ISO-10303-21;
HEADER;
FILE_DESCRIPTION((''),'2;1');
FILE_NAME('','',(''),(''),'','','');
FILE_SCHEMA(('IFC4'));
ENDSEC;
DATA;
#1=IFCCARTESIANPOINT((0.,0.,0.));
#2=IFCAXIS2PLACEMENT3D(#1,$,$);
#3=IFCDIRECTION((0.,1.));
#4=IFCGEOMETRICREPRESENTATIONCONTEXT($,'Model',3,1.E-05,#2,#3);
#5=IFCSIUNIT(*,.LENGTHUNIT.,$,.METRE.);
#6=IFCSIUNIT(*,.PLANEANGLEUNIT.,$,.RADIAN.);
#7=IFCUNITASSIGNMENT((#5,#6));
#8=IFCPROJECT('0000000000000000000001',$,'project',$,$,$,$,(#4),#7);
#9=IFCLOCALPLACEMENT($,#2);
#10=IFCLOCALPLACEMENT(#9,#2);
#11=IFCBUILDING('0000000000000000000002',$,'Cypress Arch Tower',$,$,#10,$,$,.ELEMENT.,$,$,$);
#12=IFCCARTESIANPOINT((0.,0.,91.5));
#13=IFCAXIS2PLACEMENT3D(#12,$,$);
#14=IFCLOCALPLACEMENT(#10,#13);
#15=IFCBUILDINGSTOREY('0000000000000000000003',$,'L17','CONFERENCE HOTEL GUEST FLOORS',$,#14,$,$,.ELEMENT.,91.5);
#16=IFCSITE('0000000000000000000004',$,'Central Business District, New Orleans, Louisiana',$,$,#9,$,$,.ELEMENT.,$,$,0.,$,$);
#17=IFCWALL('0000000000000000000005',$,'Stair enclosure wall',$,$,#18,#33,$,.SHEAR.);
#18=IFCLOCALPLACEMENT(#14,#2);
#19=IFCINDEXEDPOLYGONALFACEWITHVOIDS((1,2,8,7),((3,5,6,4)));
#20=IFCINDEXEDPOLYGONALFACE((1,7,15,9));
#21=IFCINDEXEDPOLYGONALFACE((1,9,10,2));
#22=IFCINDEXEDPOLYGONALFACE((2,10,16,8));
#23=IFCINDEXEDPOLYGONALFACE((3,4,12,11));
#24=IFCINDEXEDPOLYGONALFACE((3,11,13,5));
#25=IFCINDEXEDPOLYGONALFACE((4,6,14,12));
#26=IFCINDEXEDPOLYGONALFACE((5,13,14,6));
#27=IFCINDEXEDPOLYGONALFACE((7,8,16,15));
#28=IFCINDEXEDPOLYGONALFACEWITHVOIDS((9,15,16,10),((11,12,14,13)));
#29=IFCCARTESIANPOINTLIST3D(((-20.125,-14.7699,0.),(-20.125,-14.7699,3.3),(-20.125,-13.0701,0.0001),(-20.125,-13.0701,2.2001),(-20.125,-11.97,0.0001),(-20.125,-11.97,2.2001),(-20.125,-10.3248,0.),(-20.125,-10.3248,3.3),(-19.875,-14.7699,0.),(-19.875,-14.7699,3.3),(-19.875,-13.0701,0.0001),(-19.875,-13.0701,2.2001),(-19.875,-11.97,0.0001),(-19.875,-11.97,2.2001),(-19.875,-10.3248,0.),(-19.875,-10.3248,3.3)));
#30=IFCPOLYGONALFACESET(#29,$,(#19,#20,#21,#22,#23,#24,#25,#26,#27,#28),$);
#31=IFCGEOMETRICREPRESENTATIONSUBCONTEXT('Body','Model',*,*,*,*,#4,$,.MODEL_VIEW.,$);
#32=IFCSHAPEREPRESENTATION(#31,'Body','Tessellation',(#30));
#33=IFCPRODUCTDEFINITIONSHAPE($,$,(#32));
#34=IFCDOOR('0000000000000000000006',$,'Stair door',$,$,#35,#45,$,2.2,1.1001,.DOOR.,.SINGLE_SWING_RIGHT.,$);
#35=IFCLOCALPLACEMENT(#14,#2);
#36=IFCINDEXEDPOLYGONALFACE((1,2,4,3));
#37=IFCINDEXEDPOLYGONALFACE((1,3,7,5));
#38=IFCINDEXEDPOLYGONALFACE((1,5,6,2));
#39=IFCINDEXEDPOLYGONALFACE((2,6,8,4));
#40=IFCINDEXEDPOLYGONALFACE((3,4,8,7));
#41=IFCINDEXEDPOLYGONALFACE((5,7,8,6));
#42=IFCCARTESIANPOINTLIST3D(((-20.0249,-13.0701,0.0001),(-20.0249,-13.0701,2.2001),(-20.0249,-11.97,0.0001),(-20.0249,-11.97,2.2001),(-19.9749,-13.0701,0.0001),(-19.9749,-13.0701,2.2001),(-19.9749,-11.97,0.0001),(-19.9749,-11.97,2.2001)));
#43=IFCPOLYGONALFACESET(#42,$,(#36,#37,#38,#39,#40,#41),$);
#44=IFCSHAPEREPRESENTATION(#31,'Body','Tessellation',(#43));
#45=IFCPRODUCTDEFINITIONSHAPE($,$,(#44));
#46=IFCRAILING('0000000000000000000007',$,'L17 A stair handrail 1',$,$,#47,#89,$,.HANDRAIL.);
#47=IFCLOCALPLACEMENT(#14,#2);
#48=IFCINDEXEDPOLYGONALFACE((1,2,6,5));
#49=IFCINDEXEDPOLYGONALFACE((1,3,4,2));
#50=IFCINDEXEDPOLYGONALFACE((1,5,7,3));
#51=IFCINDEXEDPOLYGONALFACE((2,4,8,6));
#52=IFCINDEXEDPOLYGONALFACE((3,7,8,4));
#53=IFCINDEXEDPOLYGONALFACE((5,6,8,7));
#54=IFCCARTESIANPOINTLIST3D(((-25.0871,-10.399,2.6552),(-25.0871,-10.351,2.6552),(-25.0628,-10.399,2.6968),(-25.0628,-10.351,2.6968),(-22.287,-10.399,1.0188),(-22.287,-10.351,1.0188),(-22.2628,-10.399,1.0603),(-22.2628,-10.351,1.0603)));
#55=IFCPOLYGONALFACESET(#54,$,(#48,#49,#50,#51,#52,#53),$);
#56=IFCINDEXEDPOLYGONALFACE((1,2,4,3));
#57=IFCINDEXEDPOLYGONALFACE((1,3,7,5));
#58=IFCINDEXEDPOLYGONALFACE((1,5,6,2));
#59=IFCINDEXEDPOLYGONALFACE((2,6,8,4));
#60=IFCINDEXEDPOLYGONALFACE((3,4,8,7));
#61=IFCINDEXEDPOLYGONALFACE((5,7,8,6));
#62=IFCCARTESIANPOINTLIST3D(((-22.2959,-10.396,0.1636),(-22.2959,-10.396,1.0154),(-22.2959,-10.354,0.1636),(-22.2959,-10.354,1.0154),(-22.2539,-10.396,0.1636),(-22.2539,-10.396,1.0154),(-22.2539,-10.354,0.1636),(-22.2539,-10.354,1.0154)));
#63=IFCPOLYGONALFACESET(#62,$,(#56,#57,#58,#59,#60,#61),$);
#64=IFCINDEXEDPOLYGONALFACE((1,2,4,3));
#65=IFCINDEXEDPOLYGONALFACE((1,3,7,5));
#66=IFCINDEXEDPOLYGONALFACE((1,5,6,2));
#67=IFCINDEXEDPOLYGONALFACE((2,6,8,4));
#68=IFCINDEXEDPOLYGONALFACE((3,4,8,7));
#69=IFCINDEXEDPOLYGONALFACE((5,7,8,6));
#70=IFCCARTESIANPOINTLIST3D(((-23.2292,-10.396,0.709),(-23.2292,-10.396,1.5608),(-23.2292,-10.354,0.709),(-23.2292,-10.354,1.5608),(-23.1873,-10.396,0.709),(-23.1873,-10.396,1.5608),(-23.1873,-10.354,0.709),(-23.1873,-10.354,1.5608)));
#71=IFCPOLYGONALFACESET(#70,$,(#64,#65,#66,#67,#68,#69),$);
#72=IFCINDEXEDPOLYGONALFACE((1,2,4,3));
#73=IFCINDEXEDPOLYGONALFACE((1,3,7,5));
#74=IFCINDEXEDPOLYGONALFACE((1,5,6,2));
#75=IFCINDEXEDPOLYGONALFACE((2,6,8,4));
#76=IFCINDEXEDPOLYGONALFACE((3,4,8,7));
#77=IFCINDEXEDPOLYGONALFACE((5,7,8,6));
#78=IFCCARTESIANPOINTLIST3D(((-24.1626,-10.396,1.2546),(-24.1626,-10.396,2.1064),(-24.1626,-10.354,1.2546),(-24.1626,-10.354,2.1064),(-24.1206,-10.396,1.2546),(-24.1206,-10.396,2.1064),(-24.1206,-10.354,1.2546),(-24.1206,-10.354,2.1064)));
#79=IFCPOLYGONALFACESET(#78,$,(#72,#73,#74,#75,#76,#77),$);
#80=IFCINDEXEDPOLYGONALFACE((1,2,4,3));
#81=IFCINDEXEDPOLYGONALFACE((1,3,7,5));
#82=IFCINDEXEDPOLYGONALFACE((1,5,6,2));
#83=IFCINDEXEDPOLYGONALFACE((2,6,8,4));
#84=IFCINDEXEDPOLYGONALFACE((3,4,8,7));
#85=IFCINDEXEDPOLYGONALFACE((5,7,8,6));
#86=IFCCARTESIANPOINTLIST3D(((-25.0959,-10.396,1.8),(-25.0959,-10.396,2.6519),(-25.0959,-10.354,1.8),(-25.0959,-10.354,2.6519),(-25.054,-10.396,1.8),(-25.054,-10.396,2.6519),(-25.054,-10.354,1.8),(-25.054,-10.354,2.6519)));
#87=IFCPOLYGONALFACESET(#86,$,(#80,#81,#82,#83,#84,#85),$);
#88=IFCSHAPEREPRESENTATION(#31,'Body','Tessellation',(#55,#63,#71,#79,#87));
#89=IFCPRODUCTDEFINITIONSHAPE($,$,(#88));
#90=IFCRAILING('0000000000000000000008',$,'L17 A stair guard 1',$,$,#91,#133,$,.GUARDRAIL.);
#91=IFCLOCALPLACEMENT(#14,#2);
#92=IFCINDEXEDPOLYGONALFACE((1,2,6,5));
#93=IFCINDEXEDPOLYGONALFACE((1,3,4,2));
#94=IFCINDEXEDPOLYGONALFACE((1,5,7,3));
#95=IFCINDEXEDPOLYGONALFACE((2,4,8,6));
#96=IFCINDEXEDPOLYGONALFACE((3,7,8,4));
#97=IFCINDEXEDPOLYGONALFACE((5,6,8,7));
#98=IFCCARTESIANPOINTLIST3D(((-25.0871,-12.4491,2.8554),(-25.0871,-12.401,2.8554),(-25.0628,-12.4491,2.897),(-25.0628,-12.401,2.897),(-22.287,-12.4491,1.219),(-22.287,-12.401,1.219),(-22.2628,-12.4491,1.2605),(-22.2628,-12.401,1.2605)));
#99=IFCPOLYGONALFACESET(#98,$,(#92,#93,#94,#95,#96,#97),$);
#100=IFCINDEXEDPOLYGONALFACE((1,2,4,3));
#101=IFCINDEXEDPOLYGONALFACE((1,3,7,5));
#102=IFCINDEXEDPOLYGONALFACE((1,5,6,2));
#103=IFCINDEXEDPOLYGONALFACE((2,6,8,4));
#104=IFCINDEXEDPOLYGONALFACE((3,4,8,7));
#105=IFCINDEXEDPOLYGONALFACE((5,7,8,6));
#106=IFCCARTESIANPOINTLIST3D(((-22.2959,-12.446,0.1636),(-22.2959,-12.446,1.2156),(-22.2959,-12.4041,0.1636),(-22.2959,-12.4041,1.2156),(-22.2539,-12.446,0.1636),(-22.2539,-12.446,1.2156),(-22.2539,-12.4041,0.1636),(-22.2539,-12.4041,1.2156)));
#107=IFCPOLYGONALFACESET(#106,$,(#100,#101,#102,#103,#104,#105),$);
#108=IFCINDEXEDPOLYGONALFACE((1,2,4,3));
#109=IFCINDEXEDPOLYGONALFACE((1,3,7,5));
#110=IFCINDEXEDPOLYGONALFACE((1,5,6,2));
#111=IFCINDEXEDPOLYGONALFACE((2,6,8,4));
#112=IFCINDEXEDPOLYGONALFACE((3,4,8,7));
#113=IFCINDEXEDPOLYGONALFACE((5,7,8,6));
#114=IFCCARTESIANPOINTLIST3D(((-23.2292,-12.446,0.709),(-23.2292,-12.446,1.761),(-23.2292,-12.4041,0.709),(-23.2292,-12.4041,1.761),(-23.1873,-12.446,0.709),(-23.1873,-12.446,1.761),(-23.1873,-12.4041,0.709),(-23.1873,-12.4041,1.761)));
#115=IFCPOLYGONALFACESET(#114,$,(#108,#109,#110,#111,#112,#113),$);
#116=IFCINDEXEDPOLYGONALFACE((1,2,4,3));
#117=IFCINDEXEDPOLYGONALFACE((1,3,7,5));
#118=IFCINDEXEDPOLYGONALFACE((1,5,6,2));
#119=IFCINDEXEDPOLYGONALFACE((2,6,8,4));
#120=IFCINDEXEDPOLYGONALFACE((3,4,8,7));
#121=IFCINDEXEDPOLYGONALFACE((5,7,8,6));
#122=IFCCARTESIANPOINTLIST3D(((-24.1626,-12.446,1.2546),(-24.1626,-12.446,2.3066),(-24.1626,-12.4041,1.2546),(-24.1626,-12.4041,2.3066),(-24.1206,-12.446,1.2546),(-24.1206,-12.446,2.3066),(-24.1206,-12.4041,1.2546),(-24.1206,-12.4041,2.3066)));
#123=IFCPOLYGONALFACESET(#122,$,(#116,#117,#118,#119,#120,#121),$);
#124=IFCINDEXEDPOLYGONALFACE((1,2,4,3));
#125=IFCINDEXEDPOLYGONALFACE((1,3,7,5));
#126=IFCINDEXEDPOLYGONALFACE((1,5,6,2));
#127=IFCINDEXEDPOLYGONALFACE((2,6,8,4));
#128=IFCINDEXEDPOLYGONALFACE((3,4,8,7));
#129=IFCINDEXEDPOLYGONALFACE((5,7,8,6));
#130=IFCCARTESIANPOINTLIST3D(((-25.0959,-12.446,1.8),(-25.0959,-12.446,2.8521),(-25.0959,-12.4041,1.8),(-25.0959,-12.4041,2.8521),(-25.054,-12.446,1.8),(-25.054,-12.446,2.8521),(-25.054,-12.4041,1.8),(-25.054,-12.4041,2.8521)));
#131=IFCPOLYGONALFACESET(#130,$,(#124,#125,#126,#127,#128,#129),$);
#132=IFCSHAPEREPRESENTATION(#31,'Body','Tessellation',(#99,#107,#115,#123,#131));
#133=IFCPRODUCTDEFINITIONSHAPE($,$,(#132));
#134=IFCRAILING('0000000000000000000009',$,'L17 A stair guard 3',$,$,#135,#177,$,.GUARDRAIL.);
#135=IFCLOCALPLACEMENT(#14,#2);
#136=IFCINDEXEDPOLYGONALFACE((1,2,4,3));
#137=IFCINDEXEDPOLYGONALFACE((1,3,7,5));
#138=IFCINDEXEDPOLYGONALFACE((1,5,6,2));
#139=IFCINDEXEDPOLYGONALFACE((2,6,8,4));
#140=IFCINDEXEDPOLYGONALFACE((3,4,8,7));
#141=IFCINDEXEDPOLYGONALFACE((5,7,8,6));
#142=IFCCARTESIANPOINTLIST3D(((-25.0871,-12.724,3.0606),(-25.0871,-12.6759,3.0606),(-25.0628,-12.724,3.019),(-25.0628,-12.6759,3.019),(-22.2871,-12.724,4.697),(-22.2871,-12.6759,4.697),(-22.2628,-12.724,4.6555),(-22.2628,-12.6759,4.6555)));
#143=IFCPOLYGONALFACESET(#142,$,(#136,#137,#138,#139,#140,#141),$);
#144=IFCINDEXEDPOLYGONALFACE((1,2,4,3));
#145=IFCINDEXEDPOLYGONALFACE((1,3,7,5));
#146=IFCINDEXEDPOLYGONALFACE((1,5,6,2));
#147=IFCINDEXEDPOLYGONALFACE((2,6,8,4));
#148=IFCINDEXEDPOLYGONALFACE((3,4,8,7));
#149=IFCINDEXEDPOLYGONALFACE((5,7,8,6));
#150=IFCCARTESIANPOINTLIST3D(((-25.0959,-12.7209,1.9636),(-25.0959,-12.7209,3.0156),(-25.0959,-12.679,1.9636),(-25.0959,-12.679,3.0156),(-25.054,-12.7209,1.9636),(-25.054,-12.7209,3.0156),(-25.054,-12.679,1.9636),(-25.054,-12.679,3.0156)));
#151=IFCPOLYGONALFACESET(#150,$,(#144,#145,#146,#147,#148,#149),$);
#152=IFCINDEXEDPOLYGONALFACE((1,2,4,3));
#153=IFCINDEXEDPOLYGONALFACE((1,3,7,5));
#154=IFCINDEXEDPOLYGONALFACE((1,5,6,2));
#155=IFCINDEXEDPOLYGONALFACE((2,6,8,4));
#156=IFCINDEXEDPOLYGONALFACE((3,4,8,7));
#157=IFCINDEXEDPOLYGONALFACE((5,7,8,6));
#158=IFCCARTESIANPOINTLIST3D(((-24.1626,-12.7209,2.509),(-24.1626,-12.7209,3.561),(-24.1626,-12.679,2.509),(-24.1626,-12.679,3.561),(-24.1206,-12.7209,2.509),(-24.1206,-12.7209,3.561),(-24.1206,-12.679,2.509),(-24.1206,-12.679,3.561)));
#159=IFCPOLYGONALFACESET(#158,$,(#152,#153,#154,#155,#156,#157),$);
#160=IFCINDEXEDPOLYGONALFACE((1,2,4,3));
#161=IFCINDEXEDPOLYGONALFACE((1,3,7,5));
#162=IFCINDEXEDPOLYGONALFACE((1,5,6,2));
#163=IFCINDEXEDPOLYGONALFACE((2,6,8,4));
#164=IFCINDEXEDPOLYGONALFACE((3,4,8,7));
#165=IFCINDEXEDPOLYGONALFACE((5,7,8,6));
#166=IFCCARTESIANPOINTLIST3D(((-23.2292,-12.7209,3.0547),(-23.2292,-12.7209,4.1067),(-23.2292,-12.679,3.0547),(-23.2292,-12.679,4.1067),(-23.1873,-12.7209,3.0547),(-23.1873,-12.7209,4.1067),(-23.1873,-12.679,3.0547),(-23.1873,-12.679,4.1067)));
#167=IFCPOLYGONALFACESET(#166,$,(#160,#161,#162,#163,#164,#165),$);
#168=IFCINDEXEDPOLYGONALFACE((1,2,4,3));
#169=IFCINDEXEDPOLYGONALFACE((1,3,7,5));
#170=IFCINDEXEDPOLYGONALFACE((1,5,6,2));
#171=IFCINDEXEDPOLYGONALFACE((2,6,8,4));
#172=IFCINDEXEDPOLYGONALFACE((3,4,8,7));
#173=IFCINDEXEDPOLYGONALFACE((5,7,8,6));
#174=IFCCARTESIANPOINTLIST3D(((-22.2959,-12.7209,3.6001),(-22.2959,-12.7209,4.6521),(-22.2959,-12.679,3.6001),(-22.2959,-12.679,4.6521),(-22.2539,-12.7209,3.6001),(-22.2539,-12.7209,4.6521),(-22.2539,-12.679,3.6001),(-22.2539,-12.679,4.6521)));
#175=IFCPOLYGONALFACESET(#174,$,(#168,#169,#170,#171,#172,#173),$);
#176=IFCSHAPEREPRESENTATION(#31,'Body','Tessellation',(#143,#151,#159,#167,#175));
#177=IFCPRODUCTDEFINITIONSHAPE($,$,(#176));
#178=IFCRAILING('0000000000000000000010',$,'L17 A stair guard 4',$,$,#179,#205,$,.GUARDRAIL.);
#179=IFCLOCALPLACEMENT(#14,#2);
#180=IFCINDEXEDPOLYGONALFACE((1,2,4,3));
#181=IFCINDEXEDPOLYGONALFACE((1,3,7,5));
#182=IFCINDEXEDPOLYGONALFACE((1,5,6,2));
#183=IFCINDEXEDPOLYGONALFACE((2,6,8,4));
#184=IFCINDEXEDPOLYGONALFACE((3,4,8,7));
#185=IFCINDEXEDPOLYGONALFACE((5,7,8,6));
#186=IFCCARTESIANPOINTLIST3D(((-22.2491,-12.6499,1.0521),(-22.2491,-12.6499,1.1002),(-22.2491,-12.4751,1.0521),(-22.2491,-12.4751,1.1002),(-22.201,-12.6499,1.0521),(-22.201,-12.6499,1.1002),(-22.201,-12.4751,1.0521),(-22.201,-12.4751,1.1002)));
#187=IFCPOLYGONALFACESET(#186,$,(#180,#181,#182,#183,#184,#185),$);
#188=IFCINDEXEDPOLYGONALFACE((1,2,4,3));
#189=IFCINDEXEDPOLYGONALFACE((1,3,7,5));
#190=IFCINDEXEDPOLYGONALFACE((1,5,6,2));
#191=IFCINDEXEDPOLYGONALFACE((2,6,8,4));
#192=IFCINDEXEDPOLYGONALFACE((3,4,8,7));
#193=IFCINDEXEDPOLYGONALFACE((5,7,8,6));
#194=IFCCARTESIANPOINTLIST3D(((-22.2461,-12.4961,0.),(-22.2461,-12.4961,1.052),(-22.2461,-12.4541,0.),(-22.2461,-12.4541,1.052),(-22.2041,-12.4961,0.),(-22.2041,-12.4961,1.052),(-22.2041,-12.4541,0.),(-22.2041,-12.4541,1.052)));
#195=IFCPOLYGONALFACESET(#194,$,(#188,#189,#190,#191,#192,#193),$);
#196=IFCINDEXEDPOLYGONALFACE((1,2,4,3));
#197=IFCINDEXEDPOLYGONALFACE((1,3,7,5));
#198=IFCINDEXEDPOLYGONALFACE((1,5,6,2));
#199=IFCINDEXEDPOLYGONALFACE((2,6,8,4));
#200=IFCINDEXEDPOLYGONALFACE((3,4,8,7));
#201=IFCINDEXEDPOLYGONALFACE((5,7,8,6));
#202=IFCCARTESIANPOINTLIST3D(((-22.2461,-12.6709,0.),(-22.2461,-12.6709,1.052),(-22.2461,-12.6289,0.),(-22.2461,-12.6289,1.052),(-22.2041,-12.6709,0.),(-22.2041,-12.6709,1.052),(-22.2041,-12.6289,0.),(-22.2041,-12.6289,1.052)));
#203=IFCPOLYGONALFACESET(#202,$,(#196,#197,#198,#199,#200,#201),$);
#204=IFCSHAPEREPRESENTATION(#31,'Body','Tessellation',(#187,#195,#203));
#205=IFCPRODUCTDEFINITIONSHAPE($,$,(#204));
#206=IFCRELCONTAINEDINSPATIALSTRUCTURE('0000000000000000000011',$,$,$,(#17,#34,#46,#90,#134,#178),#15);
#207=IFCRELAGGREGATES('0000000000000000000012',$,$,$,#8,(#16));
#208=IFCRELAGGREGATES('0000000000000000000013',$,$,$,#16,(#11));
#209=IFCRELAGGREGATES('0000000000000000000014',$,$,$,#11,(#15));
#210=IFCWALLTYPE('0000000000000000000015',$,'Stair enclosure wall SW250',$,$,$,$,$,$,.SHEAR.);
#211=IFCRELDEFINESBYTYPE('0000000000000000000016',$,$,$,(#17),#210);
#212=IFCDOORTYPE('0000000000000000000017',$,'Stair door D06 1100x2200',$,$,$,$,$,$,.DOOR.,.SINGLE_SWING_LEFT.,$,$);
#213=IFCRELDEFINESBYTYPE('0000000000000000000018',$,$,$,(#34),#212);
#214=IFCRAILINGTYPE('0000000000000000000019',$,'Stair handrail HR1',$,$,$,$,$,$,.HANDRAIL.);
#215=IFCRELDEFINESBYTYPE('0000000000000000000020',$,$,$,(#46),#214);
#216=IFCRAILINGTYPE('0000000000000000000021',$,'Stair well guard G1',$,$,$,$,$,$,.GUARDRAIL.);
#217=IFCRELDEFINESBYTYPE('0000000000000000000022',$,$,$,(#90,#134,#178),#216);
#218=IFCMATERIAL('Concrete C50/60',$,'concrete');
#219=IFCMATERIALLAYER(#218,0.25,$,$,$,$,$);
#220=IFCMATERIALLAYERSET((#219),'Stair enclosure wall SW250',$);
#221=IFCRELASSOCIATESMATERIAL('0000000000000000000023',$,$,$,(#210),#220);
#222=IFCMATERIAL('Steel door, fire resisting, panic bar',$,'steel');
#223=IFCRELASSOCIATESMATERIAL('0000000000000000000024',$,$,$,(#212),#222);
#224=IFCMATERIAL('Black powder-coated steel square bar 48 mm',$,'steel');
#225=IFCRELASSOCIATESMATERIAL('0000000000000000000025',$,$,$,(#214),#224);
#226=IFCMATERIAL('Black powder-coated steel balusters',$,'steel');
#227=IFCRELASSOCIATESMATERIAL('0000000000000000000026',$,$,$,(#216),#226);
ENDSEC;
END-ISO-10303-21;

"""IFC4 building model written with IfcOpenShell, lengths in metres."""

from ifc_helpers import new_model, si_unit, direction, frame, frame_2d, origin, origin_2d, place, context, subcontext, project, spatial, rectangle, extrude, material, layer, layer_set, type_object, element, fill, save


model = new_model("IFC4")

# Units and contexts
model_context = context("Model", 3, precision=1e-05, world=origin(), true_north=direction((0.0, 1.0)))
body_context = subcontext(model_context, "Body", "Model", "MODEL_VIEW")
ifc_project = project(units=[si_unit("LENGTHUNIT", "METRE"), si_unit("PLANEANGLEUNIT", "RADIAN")], contexts=[model_context])

# Site, building, storey
site_placement = place(None, origin())
site = spatial("IfcSite", under=ifc_project, at=site_placement, Name="Central Business District, New Orleans, Louisiana", CompositionType="ELEMENT", RefElevation=0.0)
building_placement = place(site_placement, origin())
building = spatial("IfcBuilding", under=site, at=building_placement, Name="Cypress Arch Tower", CompositionType="ELEMENT")
storey_placement = place(building_placement, frame((0.0, 0.0, 91.5)))
storey = spatial("IfcBuildingStorey", under=building, at=storey_placement, Name="L17", Description="CONFERENCE HOTEL GUEST FLOORS", CompositionType="ELEMENT", Elevation=91.5)

# Wall, opening, door
ifc_material_1 = material(Name="Concrete C50/60", Category="concrete")
ifc_layer_1 = layer(ifc_material_1, 0.25)
ifc_layer_set_1 = layer_set([ifc_layer_1], Name="Stair enclosure wall SW250")
wall_type_1 = type_object("IfcWallType", Name="Stair enclosure wall SW250", PredefinedType="SHEAR", material=ifc_layer_set_1)
wall_1_placement = place(storey_placement, frame((-20.0, -14.77, 0.0), z_axis=(0.0, 0.0, 1.0), x_axis=(0.0, 1.0, 0.0)))
wall_1 = element("IfcWall", 1, at=wall_1_placement, inside=storey, type_object=wall_type_1, Name="Stair enclosure wall", PredefinedType="SHEAR", context=body_context, shape_type="SweptSolid", body=[
    extrude(rectangle(XDim=4.4451, YDim=0.25, at=frame_2d((2.2227, 0.0))), origin(), (0.0, 0.0, 1.0), 3.3),
])
opening_1_placement = place(wall_1_placement, frame((1.7, 0.0, 0.0)))
opening_1 = element("IfcOpeningElement", 2, at=opening_1_placement, cuts=wall_1, PredefinedType="OPENING", context=body_context, shape_type="SweptSolid", body=[
    extrude(rectangle(XDim=1.1001, YDim=2.2, at=frame_2d((0.55, 1.1001))), frame((0.0, 0.135, 0.0), z_axis=(0.0, -1.0, 0.0), x_axis=(1.0, 0.0, 0.0)), (0.0, 0.0, 1.0), 0.27),
])
ifc_material_2 = material(Name="Steel door, fire resisting, panic bar", Category="steel")
door_type_1 = type_object("IfcDoorType", Name="Stair door D06 1100x2200", OperationType="SINGLE_SWING_LEFT", PredefinedType="DOOR", material=ifc_material_2)
door_1_placement = place(opening_1_placement, origin())
door_1 = element("IfcDoor", 3, at=door_1_placement, inside=storey, type_object=door_type_1, Name="Stair door", OperationType="SINGLE_SWING_RIGHT", OverallHeight=2.2, OverallWidth=1.1001, PredefinedType="DOOR", context=body_context, shape_type="SweptSolid", body=[
    extrude(rectangle(XDim=1.1001, YDim=2.2, at=frame_2d((0.55, 1.1001))), frame((0.0, 0.0249, 0.0), z_axis=(0.0, -1.0, 0.0), x_axis=(1.0, 0.0, 0.0)), (0.0, 0.0, 1.0), 0.05),
])
fill(opening_1, door_1)

# Railings
ifc_material_3 = material(Name="Black powder-coated steel square bar 48 mm", Category="steel")
railing_type_1 = type_object("IfcRailingType", Name="Stair handrail HR1", PredefinedType="HANDRAIL", material=ifc_material_3)
railing_1_placement = place(storey_placement, frame((-22.2749, -10.375, 0.1636)))
element("IfcRailing", 4, at=railing_1_placement, inside=storey, type_object=railing_type_1, Name="L17 A stair handrail 1", PredefinedType="HANDRAIL", context=body_context, shape_type="SweptSolid", body=[
    extrude(rectangle(XDim=0.0481, YDim=0.0481, at=origin_2d()), frame((0.0, 0.0, 0.876), z_axis=(-0.863361, 0.0, 0.504587), x_axis=(0.0, -1.0, 0.0)), (0.0, 0.0, 1.0), 3.2432),
    extrude(rectangle(XDim=0.042, YDim=0.042, at=origin_2d()), origin(), (0.0, 0.0, 1.0), 0.8518),
    extrude(rectangle(XDim=0.042, YDim=0.042, at=origin_2d()), frame((-0.9333, 0.0, 0.5454)), (0.0, 0.0, 1.0), 0.8518),
    extrude(rectangle(XDim=0.042, YDim=0.042, at=origin_2d()), frame((-1.8667, 0.0, 1.0911)), (0.0, 0.0, 1.0), 0.8518),
    extrude(rectangle(XDim=0.042, YDim=0.042, at=origin_2d()), frame((-2.8, 0.0, 1.6365)), (0.0, 0.0, 1.0), 0.8518),
])
ifc_material_4 = material(Name="Black powder-coated steel balusters", Category="steel")
railing_type_2 = type_object("IfcRailingType", Name="Stair well guard G1", PredefinedType="GUARDRAIL", material=ifc_material_4)
railing_2_placement = place(storey_placement, frame((-22.2749, -12.425, 0.1636)))
element("IfcRailing", 5, at=railing_2_placement, inside=storey, type_object=railing_type_2, Name="L17 A stair guard 1", PredefinedType="GUARDRAIL", context=body_context, shape_type="SweptSolid", body=[
    extrude(rectangle(XDim=0.0481, YDim=0.0481, at=origin_2d()), frame((0.0, 0.0, 1.0762), z_axis=(-0.863361, 0.0, 0.504587), x_axis=(0.0, -1.0, 0.0)), (0.0, 0.0, 1.0), 3.2432),
    extrude(rectangle(XDim=0.042, YDim=0.042, at=origin_2d()), origin(), (0.0, 0.0, 1.0), 1.052),
    extrude(rectangle(XDim=0.042, YDim=0.042, at=origin_2d()), frame((-0.9333, 0.0, 0.5454)), (0.0, 0.0, 1.0), 1.052),
    extrude(rectangle(XDim=0.042, YDim=0.042, at=origin_2d()), frame((-1.8667, 0.0, 1.0911)), (0.0, 0.0, 1.0), 1.052),
    extrude(rectangle(XDim=0.042, YDim=0.042, at=origin_2d()), frame((-2.8, 0.0, 1.6365)), (0.0, 0.0, 1.0), 1.052),
])
railing_3_placement = place(storey_placement, frame((-25.075, -12.7, 1.9636)))
element("IfcRailing", 6, at=railing_3_placement, inside=storey, type_object=railing_type_2, Name="L17 A stair guard 3", PredefinedType="GUARDRAIL", context=body_context, shape_type="SweptSolid", body=[
    extrude(rectangle(XDim=0.0481, YDim=0.0481, at=origin_2d()), frame((0.0, 0.0, 1.0762), z_axis=(0.863361, 0.0, 0.504587), x_axis=(0.0, 1.0, 0.0)), (0.0, 0.0, 1.0), 3.2432),
    extrude(rectangle(XDim=0.042, YDim=0.042, at=origin_2d()), origin(), (0.0, 0.0, 1.0), 1.052),
    extrude(rectangle(XDim=0.042, YDim=0.042, at=origin_2d()), frame((0.9333, 0.0, 0.5454)), (0.0, 0.0, 1.0), 1.052),
    extrude(rectangle(XDim=0.042, YDim=0.042, at=origin_2d()), frame((1.8667, 0.0, 1.0911)), (0.0, 0.0, 1.0), 1.052),
    extrude(rectangle(XDim=0.042, YDim=0.042, at=origin_2d()), frame((2.8, 0.0, 1.6365)), (0.0, 0.0, 1.0), 1.052),
])
railing_4_placement = place(storey_placement, frame((-22.2251, -12.4751, 0.0)))
element("IfcRailing", 7, at=railing_4_placement, inside=storey, type_object=railing_type_2, Name="L17 A stair guard 4", PredefinedType="GUARDRAIL", context=body_context, shape_type="SweptSolid", body=[
    extrude(rectangle(XDim=0.0481, YDim=0.0481, at=origin_2d()), frame((0.0, 0.0, 1.0762), z_axis=(0.0, -1.0, 0.0), x_axis=(1.0, 0.0, 0.0)), (0.0, 0.0, 1.0), 0.1748),
    extrude(rectangle(XDim=0.042, YDim=0.042, at=origin_2d()), origin(), (0.0, 0.0, 1.0), 1.052),
    extrude(rectangle(XDim=0.042, YDim=0.042, at=origin_2d()), frame((0.0, -0.1748, 0.0)), (0.0, 0.0, 1.0), 1.052),
])

save(model, "model.ifc")
